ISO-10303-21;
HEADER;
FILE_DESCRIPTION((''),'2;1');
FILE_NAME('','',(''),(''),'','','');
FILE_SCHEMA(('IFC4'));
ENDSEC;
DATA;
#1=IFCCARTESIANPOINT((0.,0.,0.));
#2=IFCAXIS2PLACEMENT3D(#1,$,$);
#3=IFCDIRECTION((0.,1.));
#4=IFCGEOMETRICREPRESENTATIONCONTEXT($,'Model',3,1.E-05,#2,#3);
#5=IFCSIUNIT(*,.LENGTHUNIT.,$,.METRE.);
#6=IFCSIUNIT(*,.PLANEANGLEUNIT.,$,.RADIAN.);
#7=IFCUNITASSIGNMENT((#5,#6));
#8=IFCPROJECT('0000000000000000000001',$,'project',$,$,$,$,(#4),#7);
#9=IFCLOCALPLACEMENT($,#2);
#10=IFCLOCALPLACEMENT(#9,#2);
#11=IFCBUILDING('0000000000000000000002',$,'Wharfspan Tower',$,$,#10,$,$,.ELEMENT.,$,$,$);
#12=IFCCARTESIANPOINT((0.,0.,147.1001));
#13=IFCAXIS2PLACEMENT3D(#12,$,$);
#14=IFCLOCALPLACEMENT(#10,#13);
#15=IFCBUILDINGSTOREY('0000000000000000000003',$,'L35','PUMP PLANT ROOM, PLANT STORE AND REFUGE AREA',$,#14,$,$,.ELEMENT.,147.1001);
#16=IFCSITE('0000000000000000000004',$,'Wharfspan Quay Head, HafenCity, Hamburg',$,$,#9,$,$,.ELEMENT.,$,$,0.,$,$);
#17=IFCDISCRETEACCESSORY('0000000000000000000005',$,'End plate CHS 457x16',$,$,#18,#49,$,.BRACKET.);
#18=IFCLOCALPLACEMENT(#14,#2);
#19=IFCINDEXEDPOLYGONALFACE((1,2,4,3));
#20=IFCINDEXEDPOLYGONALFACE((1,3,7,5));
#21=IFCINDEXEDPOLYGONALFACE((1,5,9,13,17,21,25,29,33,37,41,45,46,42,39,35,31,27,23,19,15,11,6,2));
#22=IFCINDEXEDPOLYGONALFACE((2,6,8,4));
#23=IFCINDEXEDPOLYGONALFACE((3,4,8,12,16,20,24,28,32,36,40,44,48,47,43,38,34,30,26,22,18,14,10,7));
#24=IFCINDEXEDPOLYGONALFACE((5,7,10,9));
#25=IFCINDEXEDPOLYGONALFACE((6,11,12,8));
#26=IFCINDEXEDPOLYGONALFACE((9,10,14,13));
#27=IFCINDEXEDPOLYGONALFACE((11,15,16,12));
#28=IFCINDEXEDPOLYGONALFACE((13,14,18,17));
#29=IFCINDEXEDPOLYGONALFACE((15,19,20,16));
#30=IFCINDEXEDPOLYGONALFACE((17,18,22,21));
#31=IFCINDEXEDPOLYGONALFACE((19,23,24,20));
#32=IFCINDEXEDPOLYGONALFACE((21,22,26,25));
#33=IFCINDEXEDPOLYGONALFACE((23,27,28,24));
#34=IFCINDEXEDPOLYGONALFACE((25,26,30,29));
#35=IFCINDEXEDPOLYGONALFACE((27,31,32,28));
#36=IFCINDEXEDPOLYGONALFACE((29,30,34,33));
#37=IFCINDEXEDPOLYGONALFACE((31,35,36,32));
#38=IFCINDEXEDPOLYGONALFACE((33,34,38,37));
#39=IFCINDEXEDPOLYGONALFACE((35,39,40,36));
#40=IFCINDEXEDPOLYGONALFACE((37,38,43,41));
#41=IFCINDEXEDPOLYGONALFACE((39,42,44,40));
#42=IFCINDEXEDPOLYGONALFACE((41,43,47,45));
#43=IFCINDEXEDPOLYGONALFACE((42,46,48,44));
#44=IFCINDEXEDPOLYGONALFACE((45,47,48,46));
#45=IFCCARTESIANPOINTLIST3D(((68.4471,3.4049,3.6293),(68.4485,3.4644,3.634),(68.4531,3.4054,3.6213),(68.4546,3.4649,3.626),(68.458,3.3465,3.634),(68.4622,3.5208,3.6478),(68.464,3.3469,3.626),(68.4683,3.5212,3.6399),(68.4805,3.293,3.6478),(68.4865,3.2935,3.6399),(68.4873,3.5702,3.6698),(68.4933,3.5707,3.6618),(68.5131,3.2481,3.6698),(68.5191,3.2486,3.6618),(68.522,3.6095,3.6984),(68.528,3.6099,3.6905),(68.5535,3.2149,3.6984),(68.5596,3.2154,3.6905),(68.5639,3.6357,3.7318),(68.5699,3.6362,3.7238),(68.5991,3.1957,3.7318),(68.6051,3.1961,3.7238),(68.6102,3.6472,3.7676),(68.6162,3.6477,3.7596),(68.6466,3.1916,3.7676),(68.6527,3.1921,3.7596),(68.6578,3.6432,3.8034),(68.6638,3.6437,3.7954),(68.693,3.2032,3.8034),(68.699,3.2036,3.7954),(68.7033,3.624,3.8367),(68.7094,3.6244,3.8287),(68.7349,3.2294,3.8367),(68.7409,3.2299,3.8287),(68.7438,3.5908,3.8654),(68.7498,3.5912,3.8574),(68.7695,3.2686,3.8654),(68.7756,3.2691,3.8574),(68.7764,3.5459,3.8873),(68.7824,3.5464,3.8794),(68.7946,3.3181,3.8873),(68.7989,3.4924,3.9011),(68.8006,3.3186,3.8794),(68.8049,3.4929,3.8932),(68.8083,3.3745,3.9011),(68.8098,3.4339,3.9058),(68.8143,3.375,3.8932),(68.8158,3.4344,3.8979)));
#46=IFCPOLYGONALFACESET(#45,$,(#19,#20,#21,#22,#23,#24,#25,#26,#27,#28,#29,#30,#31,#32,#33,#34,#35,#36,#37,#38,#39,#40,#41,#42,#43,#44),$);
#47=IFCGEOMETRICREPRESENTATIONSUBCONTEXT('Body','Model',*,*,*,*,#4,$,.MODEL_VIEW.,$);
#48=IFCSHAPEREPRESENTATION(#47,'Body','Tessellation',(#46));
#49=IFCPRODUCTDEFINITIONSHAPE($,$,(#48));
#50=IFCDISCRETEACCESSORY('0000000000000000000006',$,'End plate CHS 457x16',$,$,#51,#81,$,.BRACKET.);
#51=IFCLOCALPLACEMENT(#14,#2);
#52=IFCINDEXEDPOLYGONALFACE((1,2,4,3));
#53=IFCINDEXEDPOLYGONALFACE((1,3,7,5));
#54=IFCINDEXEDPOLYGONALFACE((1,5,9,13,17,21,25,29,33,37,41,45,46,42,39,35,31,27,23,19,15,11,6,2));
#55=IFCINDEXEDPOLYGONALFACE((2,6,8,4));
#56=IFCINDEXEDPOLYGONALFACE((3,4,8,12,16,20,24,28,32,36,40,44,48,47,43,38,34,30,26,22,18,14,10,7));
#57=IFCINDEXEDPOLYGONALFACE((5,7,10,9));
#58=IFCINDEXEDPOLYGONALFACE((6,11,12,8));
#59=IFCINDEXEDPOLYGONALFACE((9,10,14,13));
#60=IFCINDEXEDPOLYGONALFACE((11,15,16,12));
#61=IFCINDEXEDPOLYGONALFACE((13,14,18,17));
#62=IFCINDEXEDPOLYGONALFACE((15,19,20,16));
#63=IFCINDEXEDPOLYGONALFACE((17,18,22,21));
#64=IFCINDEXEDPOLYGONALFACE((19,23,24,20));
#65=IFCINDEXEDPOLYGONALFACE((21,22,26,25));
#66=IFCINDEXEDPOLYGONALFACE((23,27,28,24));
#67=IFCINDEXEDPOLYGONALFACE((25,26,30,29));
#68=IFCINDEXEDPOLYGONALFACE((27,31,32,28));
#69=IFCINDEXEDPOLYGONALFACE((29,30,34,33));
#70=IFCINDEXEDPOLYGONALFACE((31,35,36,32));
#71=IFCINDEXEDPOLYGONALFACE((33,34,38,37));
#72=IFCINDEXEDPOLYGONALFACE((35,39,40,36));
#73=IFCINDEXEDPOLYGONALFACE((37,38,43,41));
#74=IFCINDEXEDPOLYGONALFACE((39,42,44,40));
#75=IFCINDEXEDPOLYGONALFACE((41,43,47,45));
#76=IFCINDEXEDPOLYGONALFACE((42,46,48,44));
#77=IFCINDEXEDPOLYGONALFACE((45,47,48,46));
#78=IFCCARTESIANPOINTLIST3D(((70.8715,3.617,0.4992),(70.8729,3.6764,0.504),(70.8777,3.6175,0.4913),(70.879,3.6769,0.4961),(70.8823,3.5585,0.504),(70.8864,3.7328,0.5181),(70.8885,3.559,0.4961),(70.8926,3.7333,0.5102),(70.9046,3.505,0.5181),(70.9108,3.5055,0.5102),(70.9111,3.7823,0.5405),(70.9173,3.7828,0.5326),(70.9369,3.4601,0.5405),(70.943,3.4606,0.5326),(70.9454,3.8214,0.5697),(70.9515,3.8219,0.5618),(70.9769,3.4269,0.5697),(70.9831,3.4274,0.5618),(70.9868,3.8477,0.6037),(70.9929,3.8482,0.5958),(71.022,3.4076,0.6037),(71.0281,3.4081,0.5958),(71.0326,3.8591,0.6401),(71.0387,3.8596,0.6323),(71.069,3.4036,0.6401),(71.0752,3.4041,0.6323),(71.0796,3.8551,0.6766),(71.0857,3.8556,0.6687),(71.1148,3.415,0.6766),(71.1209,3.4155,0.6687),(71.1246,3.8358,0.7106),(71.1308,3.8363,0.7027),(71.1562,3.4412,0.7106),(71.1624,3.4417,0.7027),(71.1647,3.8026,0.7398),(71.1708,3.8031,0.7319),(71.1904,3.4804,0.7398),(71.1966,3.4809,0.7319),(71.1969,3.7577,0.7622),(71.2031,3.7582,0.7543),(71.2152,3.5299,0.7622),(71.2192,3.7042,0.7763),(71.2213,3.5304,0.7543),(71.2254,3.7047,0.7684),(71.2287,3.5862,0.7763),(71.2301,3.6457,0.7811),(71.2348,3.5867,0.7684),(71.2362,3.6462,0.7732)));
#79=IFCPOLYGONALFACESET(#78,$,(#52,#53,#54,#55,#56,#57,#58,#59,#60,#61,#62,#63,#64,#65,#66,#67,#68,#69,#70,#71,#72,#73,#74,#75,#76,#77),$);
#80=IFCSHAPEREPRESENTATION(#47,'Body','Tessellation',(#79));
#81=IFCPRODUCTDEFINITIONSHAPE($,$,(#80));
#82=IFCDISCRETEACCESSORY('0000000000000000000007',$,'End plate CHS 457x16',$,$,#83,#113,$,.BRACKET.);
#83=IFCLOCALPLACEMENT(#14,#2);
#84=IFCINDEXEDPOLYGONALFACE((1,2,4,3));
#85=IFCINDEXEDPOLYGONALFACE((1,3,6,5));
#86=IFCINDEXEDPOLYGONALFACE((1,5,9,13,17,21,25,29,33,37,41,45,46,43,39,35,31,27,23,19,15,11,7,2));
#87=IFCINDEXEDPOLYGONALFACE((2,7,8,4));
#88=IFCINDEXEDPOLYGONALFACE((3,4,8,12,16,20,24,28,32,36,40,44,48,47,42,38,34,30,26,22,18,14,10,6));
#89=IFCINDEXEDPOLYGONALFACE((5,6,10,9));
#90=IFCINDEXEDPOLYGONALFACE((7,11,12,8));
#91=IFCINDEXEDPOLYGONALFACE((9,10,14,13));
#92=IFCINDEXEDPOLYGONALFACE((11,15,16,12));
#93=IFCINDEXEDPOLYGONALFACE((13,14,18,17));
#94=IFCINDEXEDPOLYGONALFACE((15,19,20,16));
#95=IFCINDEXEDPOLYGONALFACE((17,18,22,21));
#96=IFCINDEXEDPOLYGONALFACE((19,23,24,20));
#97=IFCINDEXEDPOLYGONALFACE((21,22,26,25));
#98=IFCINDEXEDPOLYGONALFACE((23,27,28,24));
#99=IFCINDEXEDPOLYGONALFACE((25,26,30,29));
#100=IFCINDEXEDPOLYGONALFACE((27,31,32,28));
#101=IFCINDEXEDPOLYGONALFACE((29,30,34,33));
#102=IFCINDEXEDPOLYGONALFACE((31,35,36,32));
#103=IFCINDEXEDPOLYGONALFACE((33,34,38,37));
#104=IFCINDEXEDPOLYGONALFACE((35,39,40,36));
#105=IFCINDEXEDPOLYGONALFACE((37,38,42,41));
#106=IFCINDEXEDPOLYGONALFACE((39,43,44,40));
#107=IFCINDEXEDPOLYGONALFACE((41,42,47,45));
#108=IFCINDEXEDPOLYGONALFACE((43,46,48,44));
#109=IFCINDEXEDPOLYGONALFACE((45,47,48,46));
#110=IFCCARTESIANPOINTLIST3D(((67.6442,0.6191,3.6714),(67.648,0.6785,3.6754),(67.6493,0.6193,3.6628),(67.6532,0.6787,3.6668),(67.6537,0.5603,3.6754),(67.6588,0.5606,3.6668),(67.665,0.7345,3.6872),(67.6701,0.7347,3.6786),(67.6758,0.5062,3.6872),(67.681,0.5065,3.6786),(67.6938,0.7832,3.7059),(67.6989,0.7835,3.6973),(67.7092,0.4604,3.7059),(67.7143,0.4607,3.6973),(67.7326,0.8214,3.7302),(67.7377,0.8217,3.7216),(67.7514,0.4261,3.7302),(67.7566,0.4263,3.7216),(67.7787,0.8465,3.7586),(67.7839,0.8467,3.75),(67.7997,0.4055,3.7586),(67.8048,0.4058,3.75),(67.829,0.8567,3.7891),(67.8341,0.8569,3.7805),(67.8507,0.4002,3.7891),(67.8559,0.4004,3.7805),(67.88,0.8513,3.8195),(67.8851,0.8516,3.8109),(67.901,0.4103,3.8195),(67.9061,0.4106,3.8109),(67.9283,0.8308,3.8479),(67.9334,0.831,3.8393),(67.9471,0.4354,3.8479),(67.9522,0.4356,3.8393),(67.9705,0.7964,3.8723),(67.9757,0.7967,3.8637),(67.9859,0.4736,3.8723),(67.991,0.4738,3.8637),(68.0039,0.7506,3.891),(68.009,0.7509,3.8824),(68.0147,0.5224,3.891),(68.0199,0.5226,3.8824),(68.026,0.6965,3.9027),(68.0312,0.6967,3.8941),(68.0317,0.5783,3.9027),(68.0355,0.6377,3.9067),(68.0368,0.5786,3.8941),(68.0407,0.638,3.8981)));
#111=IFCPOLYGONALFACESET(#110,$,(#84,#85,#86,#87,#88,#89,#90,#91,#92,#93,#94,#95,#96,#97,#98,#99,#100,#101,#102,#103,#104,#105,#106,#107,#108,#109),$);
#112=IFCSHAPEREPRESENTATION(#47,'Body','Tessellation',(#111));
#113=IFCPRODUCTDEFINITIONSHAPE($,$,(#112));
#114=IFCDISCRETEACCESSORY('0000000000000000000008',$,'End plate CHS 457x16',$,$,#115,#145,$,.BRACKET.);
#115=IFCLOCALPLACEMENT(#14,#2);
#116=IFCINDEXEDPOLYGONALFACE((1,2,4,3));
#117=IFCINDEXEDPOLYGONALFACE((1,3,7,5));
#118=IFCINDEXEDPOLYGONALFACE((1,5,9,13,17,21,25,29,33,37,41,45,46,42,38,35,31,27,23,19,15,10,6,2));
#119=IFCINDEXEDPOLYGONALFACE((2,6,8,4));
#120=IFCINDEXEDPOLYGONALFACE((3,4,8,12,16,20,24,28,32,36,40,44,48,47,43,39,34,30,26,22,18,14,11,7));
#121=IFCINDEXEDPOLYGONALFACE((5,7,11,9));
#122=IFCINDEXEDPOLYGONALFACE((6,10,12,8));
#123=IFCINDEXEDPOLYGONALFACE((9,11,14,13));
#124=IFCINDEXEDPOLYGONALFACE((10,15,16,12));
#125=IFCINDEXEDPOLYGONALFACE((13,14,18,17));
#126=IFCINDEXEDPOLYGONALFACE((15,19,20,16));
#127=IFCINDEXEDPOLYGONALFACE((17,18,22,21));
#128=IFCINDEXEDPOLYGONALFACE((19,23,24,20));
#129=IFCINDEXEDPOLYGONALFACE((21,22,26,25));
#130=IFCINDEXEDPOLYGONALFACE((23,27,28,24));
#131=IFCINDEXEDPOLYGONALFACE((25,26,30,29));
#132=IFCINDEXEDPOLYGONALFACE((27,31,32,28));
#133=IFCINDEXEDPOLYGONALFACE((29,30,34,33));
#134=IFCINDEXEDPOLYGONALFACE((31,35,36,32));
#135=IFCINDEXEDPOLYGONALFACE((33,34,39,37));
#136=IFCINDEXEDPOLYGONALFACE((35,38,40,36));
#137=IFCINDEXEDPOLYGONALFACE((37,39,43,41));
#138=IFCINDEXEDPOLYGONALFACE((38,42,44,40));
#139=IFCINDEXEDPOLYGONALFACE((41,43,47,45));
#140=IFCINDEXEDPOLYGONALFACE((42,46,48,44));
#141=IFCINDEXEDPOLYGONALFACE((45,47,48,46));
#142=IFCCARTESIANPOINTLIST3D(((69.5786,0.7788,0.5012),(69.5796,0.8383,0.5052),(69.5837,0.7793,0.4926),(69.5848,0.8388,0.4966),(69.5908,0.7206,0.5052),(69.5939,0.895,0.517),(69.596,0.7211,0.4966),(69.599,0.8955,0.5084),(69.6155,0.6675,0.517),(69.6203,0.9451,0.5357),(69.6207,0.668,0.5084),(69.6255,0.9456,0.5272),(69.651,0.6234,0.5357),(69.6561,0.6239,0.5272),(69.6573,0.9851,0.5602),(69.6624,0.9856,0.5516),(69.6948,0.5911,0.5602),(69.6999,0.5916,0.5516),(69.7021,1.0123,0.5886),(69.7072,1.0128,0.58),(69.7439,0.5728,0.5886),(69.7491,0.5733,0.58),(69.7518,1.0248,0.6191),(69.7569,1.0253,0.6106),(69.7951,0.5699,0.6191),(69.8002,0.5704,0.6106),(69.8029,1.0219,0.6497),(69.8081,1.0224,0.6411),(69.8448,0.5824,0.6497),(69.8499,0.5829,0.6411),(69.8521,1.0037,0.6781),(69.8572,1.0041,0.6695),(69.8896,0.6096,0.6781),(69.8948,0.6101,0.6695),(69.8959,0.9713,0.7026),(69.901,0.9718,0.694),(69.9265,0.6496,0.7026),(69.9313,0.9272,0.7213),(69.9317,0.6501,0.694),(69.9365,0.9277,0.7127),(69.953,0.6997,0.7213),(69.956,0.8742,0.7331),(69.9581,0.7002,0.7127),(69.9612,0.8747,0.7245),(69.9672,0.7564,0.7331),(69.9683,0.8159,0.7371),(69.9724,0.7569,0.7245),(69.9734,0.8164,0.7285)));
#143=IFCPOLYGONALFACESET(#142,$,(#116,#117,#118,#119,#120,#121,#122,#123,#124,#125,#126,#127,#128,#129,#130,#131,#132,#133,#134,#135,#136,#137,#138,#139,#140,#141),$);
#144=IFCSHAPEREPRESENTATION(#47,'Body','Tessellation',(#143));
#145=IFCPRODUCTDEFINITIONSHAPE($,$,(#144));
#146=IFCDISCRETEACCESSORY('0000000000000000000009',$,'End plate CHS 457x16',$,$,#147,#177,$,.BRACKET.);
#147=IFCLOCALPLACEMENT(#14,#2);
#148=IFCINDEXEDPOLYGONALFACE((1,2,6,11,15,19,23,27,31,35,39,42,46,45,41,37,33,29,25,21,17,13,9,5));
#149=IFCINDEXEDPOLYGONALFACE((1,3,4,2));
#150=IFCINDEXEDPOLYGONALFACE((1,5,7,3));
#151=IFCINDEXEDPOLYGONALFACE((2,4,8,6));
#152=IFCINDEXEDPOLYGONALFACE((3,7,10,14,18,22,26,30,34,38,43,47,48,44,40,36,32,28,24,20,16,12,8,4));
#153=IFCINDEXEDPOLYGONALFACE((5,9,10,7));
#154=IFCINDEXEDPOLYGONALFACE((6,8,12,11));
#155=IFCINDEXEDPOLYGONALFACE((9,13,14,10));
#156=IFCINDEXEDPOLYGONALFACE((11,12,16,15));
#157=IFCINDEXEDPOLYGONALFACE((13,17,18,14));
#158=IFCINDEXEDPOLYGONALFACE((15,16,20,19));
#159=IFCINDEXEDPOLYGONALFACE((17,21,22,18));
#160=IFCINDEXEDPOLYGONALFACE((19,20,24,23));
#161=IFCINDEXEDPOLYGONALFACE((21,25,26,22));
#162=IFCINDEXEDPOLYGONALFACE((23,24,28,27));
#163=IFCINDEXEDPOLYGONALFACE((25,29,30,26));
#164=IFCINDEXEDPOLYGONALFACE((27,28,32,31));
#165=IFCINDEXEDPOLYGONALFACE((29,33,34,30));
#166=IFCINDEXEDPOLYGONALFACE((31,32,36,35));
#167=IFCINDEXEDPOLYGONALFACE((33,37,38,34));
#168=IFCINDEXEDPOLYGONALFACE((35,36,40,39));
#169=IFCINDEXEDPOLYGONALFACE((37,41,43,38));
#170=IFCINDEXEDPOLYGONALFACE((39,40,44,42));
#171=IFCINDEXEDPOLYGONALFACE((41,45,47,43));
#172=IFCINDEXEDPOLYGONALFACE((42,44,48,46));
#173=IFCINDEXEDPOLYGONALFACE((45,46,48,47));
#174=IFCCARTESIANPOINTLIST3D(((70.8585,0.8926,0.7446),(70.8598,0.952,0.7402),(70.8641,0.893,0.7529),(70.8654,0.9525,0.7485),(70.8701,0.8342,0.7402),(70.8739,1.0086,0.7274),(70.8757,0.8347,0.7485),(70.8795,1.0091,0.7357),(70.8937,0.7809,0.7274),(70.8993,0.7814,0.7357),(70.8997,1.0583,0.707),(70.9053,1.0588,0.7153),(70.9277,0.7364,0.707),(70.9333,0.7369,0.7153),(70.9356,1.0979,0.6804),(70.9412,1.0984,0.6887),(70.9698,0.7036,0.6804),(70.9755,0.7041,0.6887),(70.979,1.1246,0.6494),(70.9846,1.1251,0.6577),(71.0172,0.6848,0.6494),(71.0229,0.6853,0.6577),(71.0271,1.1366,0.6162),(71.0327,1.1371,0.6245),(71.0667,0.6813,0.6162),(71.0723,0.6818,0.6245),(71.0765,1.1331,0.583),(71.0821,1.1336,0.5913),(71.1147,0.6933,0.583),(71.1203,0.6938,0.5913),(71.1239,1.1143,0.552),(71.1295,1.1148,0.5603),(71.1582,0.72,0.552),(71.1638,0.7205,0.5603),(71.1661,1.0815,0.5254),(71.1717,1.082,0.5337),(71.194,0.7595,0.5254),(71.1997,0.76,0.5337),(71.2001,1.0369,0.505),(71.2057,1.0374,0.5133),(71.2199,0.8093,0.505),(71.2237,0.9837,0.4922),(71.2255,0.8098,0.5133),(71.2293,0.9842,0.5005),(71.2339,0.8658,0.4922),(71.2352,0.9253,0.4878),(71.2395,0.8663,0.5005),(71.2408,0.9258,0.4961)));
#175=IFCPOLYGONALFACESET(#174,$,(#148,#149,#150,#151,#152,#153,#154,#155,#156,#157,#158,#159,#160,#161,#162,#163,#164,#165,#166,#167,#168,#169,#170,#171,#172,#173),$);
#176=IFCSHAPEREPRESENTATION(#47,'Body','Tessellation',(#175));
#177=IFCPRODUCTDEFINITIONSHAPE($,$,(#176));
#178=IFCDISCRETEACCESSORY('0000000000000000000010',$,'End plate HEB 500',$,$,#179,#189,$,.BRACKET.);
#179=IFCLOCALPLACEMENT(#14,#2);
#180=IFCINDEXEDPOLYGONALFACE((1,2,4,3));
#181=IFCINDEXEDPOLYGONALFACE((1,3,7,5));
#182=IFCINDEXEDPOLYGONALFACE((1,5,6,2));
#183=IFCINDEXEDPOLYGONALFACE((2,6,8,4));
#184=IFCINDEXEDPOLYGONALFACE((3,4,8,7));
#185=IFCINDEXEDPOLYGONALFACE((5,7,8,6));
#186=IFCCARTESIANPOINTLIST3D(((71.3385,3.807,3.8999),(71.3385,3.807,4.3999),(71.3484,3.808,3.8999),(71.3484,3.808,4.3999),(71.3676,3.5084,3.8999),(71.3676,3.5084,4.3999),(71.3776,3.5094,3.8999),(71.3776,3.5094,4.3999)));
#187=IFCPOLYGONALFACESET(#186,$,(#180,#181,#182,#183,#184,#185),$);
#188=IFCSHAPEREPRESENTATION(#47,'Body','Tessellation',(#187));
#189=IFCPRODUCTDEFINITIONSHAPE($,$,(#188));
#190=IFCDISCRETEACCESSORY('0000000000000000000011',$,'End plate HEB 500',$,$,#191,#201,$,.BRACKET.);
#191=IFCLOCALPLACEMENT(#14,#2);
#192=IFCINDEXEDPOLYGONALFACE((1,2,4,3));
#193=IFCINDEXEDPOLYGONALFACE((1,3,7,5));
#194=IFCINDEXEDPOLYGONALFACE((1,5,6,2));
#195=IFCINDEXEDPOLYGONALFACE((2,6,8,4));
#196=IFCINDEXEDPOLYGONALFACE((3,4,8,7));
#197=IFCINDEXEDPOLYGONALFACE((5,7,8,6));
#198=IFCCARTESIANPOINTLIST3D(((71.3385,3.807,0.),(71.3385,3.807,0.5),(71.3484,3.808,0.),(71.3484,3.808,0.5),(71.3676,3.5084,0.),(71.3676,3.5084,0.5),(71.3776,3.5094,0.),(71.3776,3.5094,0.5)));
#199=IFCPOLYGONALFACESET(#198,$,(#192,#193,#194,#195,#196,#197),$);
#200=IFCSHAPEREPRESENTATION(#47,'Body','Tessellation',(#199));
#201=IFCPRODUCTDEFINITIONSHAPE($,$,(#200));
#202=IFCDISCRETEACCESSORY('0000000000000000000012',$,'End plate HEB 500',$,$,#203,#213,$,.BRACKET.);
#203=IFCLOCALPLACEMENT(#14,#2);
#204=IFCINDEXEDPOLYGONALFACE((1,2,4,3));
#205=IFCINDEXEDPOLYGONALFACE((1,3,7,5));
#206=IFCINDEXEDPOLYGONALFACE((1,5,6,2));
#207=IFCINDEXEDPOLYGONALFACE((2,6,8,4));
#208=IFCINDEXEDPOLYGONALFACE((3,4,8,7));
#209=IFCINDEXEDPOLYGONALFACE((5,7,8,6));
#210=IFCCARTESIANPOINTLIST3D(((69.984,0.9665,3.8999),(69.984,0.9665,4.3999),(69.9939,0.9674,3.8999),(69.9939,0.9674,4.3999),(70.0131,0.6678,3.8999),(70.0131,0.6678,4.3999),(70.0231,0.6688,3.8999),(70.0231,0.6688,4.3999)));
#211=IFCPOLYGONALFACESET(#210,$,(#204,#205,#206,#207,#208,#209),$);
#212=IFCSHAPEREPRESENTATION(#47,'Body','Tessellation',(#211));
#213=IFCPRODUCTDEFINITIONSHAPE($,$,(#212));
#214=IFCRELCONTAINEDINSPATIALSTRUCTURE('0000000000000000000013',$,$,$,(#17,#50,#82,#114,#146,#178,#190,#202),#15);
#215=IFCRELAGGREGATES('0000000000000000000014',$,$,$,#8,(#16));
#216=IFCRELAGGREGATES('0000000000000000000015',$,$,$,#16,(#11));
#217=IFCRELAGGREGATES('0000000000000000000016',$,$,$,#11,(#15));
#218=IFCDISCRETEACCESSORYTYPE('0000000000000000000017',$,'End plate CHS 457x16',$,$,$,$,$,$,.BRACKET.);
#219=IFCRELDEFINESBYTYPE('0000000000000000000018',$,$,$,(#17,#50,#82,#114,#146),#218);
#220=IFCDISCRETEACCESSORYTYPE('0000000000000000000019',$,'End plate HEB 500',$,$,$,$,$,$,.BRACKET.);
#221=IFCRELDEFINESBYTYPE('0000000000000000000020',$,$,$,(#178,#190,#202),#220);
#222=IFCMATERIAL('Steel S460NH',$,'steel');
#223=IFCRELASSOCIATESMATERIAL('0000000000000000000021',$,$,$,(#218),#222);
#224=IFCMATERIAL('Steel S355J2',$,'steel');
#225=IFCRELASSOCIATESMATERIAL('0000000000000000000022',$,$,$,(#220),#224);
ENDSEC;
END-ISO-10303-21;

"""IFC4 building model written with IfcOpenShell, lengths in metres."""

from ifc_helpers import new_model, si_unit, direction, frame, origin, origin_2d, place, context, subcontext, project, spatial, rectangle, circle, extrude, material, material_profile, profile_set, type_object, element, save


model = new_model("IFC4")

# Units and contexts
model_context = context("Model", 3, precision=1e-05, world=origin(), true_north=direction((0.0, 1.0)))
body_context = subcontext(model_context, "Body", "Model", "MODEL_VIEW")
ifc_project = project(units=[si_unit("LENGTHUNIT", "METRE"), si_unit("PLANEANGLEUNIT", "RADIAN")], contexts=[model_context])

# Site, building, storey
site_placement = place(None, origin())
site = spatial("IfcSite", under=ifc_project, at=site_placement, Name="Wharfspan Quay Head, HafenCity, Hamburg", CompositionType="ELEMENT", RefElevation=0.0)
building_placement = place(site_placement, origin())
building = spatial("IfcBuilding", under=site, at=building_placement, Name="Wharfspan Tower", CompositionType="ELEMENT")
storey_placement = place(building_placement, frame((0.0, 0.0, 147.1001)))
storey = spatial("IfcBuildingStorey", under=building, at=storey_placement, Name="L35", Description="PUMP PLANT ROOM, PLANT STORE AND REFUGE AREA", CompositionType="ELEMENT", Elevation=147.1001)

# Shared definitions
ifc_material_1 = material(Name="Steel S355J2", Category="steel")

# Shared definitions
ifc_material_2 = material(Name="Steel S460NH", Category="steel")

# Discrete accessories
ifc_material_profile_1 = material_profile(ifc_material_2, circle(Radius=0.2285, at=origin_2d()))
ifc_profile_set_1 = profile_set([ifc_material_profile_1], Name="Steel S460NH")
discrete_accessory_type_1 = type_object("IfcDiscreteAccessoryType", Name="End plate CHS 457x16", PredefinedType="BRACKET", material=ifc_profile_set_1)
for number, where, z_axis, x_axis, name in (
    (1, (68.6284, 3.4194, 3.7676), (0.603154, 0.048252, -0.796164), (-0.079745, 0.996819, 0.0), "End plate CHS 457x16"),
    (2, (71.0508, 3.6313, 0.6401), (0.614899, 0.049192, -0.78707), (-0.079745, 0.996811, 0.0), "End plate CHS 457x16"),
    (3, (67.8398, 0.6284, 3.7891), (0.514341, 0.024492, -0.857236), (-0.047566, 0.998868, -0.000001), "End plate CHS 457x16"),
    (4, (69.7734, 0.7974, 0.6191), (0.513879, 0.048941, -0.856465), (-0.094811, 0.995495, -0.000001), "End plate CHS 457x16"),
    (5, (71.0469, 0.9089, 0.6162), (0.559645, 0.048665, 0.827302), (-0.086627, 0.99624, -0.000002), "End plate CHS 457x16"),
):
    element("IfcDiscreteAccessory", number, at=place(storey_placement, frame(where, z_axis=z_axis, x_axis=x_axis)), inside=storey, type_object=discrete_accessory_type_1, Name=name, PredefinedType="BRACKET", context=body_context, shape_type="SweptSolid", body=[
        extrude(circle(Radius=0.2285, at=origin_2d()), origin(), (0.0, 0.0, 1.0), 0.01),
    ])
ifc_material_profile_2 = material_profile(ifc_material_1, rectangle(XDim=0.3, YDim=0.5, at=origin_2d()))
ifc_profile_set_2 = profile_set([ifc_material_profile_2], Name="Steel S355J2")
discrete_accessory_type_2 = type_object("IfcDiscreteAccessoryType", Name="End plate HEB 500", PredefinedType="BRACKET", material=ifc_profile_set_2)
for number, where, z_axis, x_axis, name in (
    (6, (71.353, 3.6577, 4.1499), (0.995275, 0.0971, 0.0), (-0.0971, 0.995275, 0.0), "End plate HEB 500"),
    (7, (71.353, 3.6577, 0.25), (0.995275, 0.0971, 0.0), (-0.0971, 0.995275, 0.0), "End plate HEB 500"),
    (8, (69.9985, 0.8171, 4.1499), (0.995275, 0.0971, 0.0), (-0.0971, 0.995275, 0.0), "End plate HEB 500"),
):
    element("IfcDiscreteAccessory", number, at=place(storey_placement, frame(where, z_axis=z_axis, x_axis=x_axis)), inside=storey, type_object=discrete_accessory_type_2, Name=name, PredefinedType="BRACKET", context=body_context, shape_type="SweptSolid", body=[
        extrude(rectangle(XDim=0.3, YDim=0.5, at=origin_2d()), origin(), (0.0, 0.0, 1.0), 0.01),
    ])

save(model, "model.ifc")
